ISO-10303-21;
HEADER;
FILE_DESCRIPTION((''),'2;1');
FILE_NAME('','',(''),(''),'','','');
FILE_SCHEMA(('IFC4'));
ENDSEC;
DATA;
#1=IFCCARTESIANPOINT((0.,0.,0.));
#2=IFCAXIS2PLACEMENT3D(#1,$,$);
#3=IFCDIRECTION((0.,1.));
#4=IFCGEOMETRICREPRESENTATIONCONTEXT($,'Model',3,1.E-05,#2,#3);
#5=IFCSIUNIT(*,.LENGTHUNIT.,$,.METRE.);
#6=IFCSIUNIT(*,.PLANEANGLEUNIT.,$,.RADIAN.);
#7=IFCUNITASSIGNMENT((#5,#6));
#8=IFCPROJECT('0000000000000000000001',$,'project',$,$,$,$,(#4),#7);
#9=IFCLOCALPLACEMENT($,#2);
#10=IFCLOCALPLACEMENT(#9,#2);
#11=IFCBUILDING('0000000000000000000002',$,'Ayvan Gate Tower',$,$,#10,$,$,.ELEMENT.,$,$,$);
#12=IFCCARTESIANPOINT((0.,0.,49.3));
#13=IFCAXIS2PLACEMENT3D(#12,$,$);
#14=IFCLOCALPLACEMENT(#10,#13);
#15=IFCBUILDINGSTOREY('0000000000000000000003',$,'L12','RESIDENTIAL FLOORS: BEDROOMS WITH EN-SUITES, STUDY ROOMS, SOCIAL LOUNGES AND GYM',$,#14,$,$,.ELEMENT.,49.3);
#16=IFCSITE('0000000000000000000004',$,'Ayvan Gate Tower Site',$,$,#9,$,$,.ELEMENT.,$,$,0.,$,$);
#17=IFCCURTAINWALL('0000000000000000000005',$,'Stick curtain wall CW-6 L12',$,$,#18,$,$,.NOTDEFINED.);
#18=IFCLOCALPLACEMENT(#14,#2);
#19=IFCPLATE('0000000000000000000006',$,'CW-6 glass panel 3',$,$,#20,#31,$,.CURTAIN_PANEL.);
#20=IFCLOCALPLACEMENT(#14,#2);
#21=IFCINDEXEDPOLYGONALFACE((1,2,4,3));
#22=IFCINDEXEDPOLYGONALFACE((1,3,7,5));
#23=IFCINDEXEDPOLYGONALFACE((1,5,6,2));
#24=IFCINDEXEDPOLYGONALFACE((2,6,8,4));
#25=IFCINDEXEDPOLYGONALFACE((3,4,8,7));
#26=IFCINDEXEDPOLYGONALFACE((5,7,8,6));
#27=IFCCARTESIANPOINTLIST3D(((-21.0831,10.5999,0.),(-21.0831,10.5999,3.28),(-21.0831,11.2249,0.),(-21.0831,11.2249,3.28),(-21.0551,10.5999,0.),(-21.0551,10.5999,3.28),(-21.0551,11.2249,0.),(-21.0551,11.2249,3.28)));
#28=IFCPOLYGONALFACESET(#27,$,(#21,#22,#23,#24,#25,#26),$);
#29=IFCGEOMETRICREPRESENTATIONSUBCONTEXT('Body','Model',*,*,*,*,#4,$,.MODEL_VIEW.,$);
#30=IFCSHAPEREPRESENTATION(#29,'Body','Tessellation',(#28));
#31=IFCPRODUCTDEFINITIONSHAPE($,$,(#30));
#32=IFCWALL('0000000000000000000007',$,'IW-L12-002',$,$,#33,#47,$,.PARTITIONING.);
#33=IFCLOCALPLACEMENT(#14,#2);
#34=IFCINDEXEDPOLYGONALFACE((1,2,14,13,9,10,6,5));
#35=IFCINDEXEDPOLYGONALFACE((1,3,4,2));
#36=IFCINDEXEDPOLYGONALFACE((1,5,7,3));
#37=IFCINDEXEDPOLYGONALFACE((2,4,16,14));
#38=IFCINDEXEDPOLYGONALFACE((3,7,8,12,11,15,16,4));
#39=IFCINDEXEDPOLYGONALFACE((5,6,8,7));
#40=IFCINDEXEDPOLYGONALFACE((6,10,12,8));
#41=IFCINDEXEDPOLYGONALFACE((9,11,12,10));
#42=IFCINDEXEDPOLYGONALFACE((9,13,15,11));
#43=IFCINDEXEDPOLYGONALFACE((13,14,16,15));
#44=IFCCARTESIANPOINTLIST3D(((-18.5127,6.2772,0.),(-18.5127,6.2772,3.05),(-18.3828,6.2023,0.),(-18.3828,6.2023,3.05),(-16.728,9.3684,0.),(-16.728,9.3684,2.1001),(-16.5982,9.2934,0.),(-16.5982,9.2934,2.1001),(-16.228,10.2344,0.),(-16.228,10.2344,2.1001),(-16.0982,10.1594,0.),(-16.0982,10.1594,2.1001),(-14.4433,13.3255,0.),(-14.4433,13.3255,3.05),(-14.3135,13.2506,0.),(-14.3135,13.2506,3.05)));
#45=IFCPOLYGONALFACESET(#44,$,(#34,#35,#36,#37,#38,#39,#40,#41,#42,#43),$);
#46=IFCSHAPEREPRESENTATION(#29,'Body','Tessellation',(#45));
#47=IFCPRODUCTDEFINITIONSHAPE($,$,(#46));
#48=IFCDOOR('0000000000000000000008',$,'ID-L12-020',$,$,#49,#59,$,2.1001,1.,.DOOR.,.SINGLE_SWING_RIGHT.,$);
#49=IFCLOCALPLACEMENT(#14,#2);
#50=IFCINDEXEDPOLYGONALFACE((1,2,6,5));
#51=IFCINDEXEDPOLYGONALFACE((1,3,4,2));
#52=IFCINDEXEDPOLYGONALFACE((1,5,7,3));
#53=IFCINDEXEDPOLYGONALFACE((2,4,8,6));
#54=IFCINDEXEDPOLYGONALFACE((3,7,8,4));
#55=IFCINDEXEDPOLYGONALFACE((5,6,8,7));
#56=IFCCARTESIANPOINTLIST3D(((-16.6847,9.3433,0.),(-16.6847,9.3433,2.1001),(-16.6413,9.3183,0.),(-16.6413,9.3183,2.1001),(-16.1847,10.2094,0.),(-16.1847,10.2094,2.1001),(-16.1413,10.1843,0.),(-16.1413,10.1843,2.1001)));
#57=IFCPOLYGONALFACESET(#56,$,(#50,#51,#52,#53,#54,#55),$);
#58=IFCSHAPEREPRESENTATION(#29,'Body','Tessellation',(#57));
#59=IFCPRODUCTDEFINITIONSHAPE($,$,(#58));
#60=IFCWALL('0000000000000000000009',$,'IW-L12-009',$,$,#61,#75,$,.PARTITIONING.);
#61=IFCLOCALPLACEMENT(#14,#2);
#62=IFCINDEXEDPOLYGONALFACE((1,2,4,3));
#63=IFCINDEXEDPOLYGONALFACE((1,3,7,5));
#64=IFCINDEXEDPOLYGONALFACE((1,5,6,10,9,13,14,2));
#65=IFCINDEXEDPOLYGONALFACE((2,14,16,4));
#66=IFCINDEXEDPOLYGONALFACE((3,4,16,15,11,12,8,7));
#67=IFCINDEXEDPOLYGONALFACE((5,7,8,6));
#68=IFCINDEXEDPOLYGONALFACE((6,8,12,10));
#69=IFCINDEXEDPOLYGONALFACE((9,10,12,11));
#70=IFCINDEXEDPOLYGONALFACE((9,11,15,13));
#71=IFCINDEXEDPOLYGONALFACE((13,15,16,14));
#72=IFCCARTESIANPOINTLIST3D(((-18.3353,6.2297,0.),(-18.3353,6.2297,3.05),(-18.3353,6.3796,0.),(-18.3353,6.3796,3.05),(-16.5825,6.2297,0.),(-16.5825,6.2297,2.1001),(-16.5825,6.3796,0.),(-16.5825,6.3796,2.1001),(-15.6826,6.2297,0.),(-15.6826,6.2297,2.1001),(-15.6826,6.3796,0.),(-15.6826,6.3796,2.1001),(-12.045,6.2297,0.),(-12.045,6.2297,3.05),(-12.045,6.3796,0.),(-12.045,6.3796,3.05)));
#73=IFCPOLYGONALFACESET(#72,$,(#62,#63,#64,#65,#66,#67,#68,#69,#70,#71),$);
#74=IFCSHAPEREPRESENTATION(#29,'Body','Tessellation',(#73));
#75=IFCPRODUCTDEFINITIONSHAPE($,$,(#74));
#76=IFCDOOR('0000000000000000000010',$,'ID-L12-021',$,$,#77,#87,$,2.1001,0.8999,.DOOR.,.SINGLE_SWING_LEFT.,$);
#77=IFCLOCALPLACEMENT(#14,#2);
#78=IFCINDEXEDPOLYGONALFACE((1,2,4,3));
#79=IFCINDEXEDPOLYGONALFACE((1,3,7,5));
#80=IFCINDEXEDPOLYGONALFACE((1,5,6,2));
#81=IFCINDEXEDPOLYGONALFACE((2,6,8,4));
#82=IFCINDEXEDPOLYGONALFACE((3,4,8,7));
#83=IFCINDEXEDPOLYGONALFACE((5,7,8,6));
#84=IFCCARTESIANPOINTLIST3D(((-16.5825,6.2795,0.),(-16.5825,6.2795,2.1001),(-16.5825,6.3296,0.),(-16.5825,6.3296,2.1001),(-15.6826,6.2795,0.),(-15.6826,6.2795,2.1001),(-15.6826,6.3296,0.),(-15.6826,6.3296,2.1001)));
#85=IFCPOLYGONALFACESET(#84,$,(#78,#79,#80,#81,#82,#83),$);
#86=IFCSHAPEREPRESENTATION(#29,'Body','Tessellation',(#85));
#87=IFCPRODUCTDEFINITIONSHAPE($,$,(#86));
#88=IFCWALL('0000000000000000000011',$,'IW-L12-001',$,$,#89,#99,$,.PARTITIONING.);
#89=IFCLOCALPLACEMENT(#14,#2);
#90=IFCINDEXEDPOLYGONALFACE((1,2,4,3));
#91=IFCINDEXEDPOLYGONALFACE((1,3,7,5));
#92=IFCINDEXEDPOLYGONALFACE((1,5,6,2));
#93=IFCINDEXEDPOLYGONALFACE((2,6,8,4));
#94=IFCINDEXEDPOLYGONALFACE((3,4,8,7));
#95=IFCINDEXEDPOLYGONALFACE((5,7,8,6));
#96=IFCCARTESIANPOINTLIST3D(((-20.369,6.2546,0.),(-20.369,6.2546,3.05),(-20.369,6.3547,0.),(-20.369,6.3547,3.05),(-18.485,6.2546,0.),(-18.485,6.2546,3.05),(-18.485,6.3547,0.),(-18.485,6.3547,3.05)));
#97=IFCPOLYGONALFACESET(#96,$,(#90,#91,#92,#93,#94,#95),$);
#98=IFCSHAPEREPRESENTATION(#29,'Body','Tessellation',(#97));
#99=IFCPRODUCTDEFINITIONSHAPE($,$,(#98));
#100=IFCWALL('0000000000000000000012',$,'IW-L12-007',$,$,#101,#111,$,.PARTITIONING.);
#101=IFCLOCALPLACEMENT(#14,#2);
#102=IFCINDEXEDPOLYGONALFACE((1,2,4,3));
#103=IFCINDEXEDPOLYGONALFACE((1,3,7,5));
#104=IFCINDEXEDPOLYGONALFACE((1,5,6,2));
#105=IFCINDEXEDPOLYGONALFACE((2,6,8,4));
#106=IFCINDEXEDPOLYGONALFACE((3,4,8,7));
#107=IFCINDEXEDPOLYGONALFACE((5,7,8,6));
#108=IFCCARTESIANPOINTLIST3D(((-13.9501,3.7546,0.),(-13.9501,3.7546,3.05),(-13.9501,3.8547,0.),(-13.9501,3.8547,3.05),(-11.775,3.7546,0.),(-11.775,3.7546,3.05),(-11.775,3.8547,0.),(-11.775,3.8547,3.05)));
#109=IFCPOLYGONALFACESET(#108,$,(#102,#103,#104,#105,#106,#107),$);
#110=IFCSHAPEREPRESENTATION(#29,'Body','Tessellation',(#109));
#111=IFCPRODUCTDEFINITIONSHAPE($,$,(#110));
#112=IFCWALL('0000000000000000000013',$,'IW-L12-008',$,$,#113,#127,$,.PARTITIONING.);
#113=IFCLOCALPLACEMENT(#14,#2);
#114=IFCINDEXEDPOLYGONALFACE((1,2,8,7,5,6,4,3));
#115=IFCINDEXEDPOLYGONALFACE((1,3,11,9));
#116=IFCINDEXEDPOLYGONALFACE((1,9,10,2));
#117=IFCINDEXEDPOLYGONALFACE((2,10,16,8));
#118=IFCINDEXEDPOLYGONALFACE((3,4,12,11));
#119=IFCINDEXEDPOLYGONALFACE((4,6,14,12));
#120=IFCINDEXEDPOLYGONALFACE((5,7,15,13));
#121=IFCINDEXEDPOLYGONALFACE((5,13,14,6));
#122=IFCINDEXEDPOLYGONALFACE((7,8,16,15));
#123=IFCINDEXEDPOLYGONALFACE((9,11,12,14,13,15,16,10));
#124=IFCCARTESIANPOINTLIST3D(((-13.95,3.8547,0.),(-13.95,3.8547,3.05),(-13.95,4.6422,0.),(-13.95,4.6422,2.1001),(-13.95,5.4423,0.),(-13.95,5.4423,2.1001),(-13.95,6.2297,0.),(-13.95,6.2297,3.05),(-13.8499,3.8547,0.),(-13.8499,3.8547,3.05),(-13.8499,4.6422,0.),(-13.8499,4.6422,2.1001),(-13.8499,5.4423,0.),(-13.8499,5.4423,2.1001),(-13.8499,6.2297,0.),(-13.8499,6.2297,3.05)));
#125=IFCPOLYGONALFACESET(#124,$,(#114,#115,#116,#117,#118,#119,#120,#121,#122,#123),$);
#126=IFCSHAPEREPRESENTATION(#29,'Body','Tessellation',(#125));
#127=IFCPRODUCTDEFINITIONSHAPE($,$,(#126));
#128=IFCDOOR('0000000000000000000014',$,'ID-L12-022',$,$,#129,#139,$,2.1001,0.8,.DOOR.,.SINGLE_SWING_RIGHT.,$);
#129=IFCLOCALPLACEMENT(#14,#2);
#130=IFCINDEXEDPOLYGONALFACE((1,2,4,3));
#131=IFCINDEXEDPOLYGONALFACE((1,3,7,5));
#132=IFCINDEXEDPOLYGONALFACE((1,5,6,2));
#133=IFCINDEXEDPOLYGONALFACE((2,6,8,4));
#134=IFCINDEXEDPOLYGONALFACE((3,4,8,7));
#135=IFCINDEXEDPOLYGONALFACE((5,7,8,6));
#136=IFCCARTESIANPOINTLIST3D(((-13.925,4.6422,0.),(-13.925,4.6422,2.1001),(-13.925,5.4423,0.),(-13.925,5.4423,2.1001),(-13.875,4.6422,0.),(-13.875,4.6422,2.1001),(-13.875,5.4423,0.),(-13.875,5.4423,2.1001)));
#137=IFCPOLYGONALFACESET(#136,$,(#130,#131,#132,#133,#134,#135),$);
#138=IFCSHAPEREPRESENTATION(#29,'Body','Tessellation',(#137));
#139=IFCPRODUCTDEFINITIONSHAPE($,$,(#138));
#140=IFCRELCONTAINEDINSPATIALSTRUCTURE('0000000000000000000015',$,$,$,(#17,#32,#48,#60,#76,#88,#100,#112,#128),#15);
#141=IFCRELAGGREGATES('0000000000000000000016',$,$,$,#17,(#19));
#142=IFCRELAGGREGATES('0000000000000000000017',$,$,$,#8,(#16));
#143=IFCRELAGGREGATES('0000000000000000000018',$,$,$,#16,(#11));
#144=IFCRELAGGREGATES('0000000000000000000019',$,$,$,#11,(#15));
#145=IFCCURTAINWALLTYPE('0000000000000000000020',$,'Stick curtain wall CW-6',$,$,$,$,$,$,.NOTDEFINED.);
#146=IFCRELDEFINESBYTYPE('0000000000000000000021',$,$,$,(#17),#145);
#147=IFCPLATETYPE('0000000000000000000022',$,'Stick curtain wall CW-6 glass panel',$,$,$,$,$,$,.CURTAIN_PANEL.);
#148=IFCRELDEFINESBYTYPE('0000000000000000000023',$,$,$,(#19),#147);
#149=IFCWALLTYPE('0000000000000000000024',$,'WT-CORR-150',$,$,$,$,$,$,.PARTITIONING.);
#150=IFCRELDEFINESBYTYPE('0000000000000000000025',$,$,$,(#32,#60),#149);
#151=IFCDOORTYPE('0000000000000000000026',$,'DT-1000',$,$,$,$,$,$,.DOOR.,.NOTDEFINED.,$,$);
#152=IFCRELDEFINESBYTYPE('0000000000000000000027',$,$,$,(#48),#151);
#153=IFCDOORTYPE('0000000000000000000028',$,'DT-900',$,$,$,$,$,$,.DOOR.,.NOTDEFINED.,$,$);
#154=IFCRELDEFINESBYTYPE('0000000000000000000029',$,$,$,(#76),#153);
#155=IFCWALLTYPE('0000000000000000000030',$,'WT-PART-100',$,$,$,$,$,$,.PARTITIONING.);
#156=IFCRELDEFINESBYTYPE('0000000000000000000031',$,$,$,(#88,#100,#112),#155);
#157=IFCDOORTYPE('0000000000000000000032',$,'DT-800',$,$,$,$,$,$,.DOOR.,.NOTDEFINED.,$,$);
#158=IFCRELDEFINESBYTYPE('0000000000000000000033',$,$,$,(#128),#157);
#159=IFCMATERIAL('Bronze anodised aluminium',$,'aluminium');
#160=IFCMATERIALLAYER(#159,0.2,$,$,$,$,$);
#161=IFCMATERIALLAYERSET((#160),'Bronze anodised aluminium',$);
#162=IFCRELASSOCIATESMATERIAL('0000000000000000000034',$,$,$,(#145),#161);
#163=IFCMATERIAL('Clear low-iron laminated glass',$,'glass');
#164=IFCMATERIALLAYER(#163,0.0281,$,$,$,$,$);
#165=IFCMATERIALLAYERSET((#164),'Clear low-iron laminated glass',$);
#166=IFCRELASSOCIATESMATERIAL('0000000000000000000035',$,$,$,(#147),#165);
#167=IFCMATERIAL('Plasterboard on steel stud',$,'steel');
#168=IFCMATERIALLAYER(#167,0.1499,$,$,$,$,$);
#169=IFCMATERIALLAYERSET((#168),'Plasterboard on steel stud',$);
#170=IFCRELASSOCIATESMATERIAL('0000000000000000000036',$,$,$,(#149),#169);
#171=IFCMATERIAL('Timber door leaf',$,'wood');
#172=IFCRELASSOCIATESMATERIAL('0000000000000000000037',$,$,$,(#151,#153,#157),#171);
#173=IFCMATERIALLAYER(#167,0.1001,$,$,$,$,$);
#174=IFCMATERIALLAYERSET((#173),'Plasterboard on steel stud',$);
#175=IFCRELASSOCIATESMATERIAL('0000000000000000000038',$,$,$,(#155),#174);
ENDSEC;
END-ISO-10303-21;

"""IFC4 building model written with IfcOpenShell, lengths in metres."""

from ifc_helpers import new_model, si_unit, direction, frame, frame_2d, origin, origin_2d, place, context, subcontext, project, spatial, rectangle, extrude, material, layer, layer_set, type_object, element, fill, aggregate, save


model = new_model("IFC4")

# Units and contexts
model_context = context("Model", 3, precision=1e-05, world=origin(), true_north=direction((0.0, 1.0)))
body_context = subcontext(model_context, "Body", "Model", "MODEL_VIEW")
ifc_project = project(units=[si_unit("LENGTHUNIT", "METRE"), si_unit("PLANEANGLEUNIT", "RADIAN")], contexts=[model_context])

# Site, building, storey
site_placement = place(None, origin())
site = spatial("IfcSite", under=ifc_project, at=site_placement, Name="Ayvan Gate Tower Site", CompositionType="ELEMENT", RefElevation=0.0)
building_placement = place(site_placement, origin())
building = spatial("IfcBuilding", under=site, at=building_placement, Name="Ayvan Gate Tower", CompositionType="ELEMENT")
storey_placement = place(building_placement, frame((0.0, 0.0, 49.3)))
storey = spatial("IfcBuildingStorey", under=building, at=storey_placement, Name="L12", Description="RESIDENTIAL FLOORS: BEDROOMS WITH EN-SUITES, STUDY ROOMS, SOCIAL LOUNGES AND GYM", CompositionType="ELEMENT", Elevation=49.3)

# Shared definitions
ifc_material_1 = material(Name="Bronze anodised aluminium", Category="aluminium")

# Curtain wall
ifc_layer_1 = layer(ifc_material_1, 0.2)
ifc_layer_set_1 = layer_set([ifc_layer_1], Name="Bronze anodised aluminium")
curtain_wall_type_1 = type_object("IfcCurtainWallType", Name="Stick curtain wall CW-6", PredefinedType="NOTDEFINED", material=ifc_layer_set_1)
curtain_wall_1_placement = place(storey_placement, origin())
curtain_wall_1 = element("IfcCurtainWall", 1, at=curtain_wall_1_placement, inside=storey, type_object=curtain_wall_type_1, Name="Stick curtain wall CW-6 L12", PredefinedType="NOTDEFINED")

# Plate
ifc_material_2 = material(Name="Clear low-iron laminated glass", Category="glass")
ifc_layer_2 = layer(ifc_material_2, 0.0281)
ifc_layer_set_2 = layer_set([ifc_layer_2], Name="Clear low-iron laminated glass")
plate_type_1 = type_object("IfcPlateType", Name="Stick curtain wall CW-6 glass panel", PredefinedType="CURTAIN_PANEL", material=ifc_layer_set_2)
plate_1_placement = place(storey_placement, frame((-21.0691, 10.9124, 0.0), z_axis=(0.0, 0.0, 1.0), x_axis=(0.0, -1.0, 0.0)))
plate_1 = element("IfcPlate", 2, at=plate_1_placement, type_object=plate_type_1, Name="CW-6 glass panel 3", PredefinedType="CURTAIN_PANEL", context=body_context, shape_type="SweptSolid", body=[
    extrude(rectangle(XDim=0.625, YDim=0.0281, at=origin_2d()), origin(), (0.0, 0.0, 1.0), 3.28),
])
aggregate(curtain_wall_1, [plate_1])

# Walls, openings, doors
ifc_material_3 = material(Name="Plasterboard on steel stud", Category="steel")
ifc_layer_3 = layer(ifc_material_3, 0.1499)
ifc_layer_set_3 = layer_set([ifc_layer_3], Name="Plasterboard on steel stud")
wall_type_1 = type_object("IfcWallType", Name="WT-CORR-150", PredefinedType="PARTITIONING", material=ifc_layer_set_3)
wall_1_placement = place(storey_placement, frame((-18.4478, 6.2397, 0.0), z_axis=(0.0, 0.0, 1.0), x_axis=(0.499998, 0.866027, 0.0)))
wall_1 = element("IfcWall", 3, at=wall_1_placement, inside=storey, type_object=wall_type_1, Name="IW-L12-002", PredefinedType="PARTITIONING", context=body_context, shape_type="SweptSolid", body=[
    extrude(rectangle(XDim=8.1387, YDim=0.1499, at=frame_2d((4.0693, 0.0))), origin(), (0.0, 0.0, 1.0), 3.05),
])
opening_1_placement = place(wall_1_placement, frame((3.5693, 0.0, 0.0)))
opening_1 = element("IfcOpeningElement", 4, at=opening_1_placement, cuts=wall_1, PredefinedType="OPENING", context=body_context, shape_type="SweptSolid", body=[
    extrude(rectangle(XDim=1.0, YDim=2.1001, at=frame_2d((0.5, 1.05))), frame((0.0, 0.085, 0.0), z_axis=(0.0, -1.0, 0.0), x_axis=(1.0, 0.0, 0.0)), (0.0, 0.0, 1.0), 0.1699),
])
ifc_material_4 = material(Name="Timber door leaf", Category="wood")
door_type_1 = type_object("IfcDoorType", Name="DT-1000", OperationType="NOTDEFINED", PredefinedType="DOOR", material=ifc_material_4)
door_1_placement = place(opening_1_placement, origin())
door_1 = element("IfcDoor", 5, at=door_1_placement, inside=storey, type_object=door_type_1, Name="ID-L12-020", OperationType="SINGLE_SWING_RIGHT", OverallHeight=2.1001, OverallWidth=1.0, PredefinedType="DOOR", context=body_context, shape_type="SweptSolid", body=[
    extrude(rectangle(XDim=1.0, YDim=2.1001, at=frame_2d((0.5, 1.05))), frame((0.0, 0.0249, 0.0), z_axis=(0.0, -1.0, 0.0), x_axis=(1.0, 0.0, 0.0)), (0.0, 0.0, 1.0), 0.05),
])
fill(opening_1, door_1)
wall_2_placement = place(storey_placement, frame((-18.3352, 6.3047, 0.0), z_axis=(0.0, 0.0, 1.0), x_axis=(1.0, 0.0, 0.0)))
wall_2 = element("IfcWall", 6, at=wall_2_placement, inside=storey, type_object=wall_type_1, Name="IW-L12-009", PredefinedType="PARTITIONING", context=body_context, shape_type="SweptSolid", body=[
    extrude(rectangle(XDim=6.2903, YDim=0.1499, at=frame_2d((3.145, 0.0))), origin(), (0.0, 0.0, 1.0), 3.05),
])
opening_2_placement = place(wall_2_placement, frame((1.7527, 0.0, 0.0)))
opening_2 = element("IfcOpeningElement", 7, at=opening_2_placement, cuts=wall_2, PredefinedType="OPENING", context=body_context, shape_type="SweptSolid", body=[
    extrude(rectangle(XDim=0.8999, YDim=2.1001, at=frame_2d((0.45, 1.05))), frame((0.0, 0.085, 0.0), z_axis=(0.0, -1.0, 0.0), x_axis=(1.0, 0.0, 0.0)), (0.0, 0.0, 1.0), 0.1699),
])
door_type_2 = type_object("IfcDoorType", Name="DT-900", OperationType="NOTDEFINED", PredefinedType="DOOR", material=ifc_material_4)
door_2_placement = place(opening_2_placement, origin())
door_2 = element("IfcDoor", 8, at=door_2_placement, inside=storey, type_object=door_type_2, Name="ID-L12-021", OperationType="SINGLE_SWING_LEFT", OverallHeight=2.1001, OverallWidth=0.8999, PredefinedType="DOOR", context=body_context, shape_type="SweptSolid", body=[
    extrude(rectangle(XDim=0.8999, YDim=2.1001, at=frame_2d((0.45, 1.05))), frame((0.0, 0.0249, 0.0), z_axis=(0.0, -1.0, 0.0), x_axis=(1.0, 0.0, 0.0)), (0.0, 0.0, 1.0), 0.05),
])
fill(opening_2, door_2)

# Walls
ifc_layer_4 = layer(ifc_material_3, 0.1001)
ifc_layer_set_4 = layer_set([ifc_layer_4], Name="Plasterboard on steel stud")
wall_type_2 = type_object("IfcWallType", Name="WT-PART-100", PredefinedType="PARTITIONING", material=ifc_layer_set_4)
wall_3_placement = place(storey_placement, frame((-18.4851, 6.3047, 0.0), z_axis=(0.0, 0.0, 1.0), x_axis=(-1.0, 0.0, 0.0)))
element("IfcWall", 9, at=wall_3_placement, inside=storey, type_object=wall_type_2, Name="IW-L12-001", PredefinedType="PARTITIONING", context=body_context, shape_type="SweptSolid", body=[
    extrude(rectangle(XDim=1.884, YDim=0.1001, at=frame_2d((0.9419, 0.0))), origin(), (0.0, 0.0, 1.0), 3.05),
])
wall_4_placement = place(storey_placement, frame((-13.95, 3.8047, 0.0), z_axis=(0.0, 0.0, 1.0), x_axis=(1.0, 0.0, 0.0)))
element("IfcWall", 10, at=wall_4_placement, inside=storey, type_object=wall_type_2, Name="IW-L12-007", PredefinedType="PARTITIONING", context=body_context, shape_type="SweptSolid", body=[
    extrude(rectangle(XDim=2.175, YDim=0.1001, at=frame_2d((1.0874, 0.0))), origin(), (0.0, 0.0, 1.0), 3.05),
])

# Wall, opening, door
wall_5_placement = place(storey_placement, frame((-13.8999, 6.2297, 0.0), z_axis=(0.0, 0.0, 1.0), x_axis=(0.0, -1.0, 0.0)))
wall_5 = element("IfcWall", 11, at=wall_5_placement, inside=storey, type_object=wall_type_2, Name="IW-L12-008", PredefinedType="PARTITIONING", context=body_context, shape_type="SweptSolid", body=[
    extrude(rectangle(XDim=2.375, YDim=0.1001, at=frame_2d((1.1875, 0.0))), origin(), (0.0, 0.0, 1.0), 3.05),
])
opening_3_placement = place(wall_5_placement, frame((0.7876, 0.0, 0.0)))
opening_3 = element("IfcOpeningElement", 12, at=opening_3_placement, cuts=wall_5, PredefinedType="OPENING", context=body_context, shape_type="SweptSolid", body=[
    extrude(rectangle(XDim=0.8, YDim=2.1001, at=frame_2d((0.3999, 1.05))), frame((0.0, 0.0601, 0.0), z_axis=(0.0, -1.0, 0.0), x_axis=(1.0, 0.0, 0.0)), (0.0, 0.0, 1.0), 0.1201),
])
door_type_3 = type_object("IfcDoorType", Name="DT-800", OperationType="NOTDEFINED", PredefinedType="DOOR", material=ifc_material_4)
door_3_placement = place(opening_3_placement, origin())
door_3 = element("IfcDoor", 13, at=door_3_placement, inside=storey, type_object=door_type_3, Name="ID-L12-022", OperationType="SINGLE_SWING_RIGHT", OverallHeight=2.1001, OverallWidth=0.8, PredefinedType="DOOR", context=body_context, shape_type="SweptSolid", body=[
    extrude(rectangle(XDim=0.8, YDim=2.1001, at=frame_2d((0.3999, 1.05))), frame((0.0, 0.0249, 0.0), z_axis=(0.0, -1.0, 0.0), x_axis=(1.0, 0.0, 0.0)), (0.0, 0.0, 1.0), 0.05),
])
fill(opening_3, door_3)

save(model, "model.ifc")
